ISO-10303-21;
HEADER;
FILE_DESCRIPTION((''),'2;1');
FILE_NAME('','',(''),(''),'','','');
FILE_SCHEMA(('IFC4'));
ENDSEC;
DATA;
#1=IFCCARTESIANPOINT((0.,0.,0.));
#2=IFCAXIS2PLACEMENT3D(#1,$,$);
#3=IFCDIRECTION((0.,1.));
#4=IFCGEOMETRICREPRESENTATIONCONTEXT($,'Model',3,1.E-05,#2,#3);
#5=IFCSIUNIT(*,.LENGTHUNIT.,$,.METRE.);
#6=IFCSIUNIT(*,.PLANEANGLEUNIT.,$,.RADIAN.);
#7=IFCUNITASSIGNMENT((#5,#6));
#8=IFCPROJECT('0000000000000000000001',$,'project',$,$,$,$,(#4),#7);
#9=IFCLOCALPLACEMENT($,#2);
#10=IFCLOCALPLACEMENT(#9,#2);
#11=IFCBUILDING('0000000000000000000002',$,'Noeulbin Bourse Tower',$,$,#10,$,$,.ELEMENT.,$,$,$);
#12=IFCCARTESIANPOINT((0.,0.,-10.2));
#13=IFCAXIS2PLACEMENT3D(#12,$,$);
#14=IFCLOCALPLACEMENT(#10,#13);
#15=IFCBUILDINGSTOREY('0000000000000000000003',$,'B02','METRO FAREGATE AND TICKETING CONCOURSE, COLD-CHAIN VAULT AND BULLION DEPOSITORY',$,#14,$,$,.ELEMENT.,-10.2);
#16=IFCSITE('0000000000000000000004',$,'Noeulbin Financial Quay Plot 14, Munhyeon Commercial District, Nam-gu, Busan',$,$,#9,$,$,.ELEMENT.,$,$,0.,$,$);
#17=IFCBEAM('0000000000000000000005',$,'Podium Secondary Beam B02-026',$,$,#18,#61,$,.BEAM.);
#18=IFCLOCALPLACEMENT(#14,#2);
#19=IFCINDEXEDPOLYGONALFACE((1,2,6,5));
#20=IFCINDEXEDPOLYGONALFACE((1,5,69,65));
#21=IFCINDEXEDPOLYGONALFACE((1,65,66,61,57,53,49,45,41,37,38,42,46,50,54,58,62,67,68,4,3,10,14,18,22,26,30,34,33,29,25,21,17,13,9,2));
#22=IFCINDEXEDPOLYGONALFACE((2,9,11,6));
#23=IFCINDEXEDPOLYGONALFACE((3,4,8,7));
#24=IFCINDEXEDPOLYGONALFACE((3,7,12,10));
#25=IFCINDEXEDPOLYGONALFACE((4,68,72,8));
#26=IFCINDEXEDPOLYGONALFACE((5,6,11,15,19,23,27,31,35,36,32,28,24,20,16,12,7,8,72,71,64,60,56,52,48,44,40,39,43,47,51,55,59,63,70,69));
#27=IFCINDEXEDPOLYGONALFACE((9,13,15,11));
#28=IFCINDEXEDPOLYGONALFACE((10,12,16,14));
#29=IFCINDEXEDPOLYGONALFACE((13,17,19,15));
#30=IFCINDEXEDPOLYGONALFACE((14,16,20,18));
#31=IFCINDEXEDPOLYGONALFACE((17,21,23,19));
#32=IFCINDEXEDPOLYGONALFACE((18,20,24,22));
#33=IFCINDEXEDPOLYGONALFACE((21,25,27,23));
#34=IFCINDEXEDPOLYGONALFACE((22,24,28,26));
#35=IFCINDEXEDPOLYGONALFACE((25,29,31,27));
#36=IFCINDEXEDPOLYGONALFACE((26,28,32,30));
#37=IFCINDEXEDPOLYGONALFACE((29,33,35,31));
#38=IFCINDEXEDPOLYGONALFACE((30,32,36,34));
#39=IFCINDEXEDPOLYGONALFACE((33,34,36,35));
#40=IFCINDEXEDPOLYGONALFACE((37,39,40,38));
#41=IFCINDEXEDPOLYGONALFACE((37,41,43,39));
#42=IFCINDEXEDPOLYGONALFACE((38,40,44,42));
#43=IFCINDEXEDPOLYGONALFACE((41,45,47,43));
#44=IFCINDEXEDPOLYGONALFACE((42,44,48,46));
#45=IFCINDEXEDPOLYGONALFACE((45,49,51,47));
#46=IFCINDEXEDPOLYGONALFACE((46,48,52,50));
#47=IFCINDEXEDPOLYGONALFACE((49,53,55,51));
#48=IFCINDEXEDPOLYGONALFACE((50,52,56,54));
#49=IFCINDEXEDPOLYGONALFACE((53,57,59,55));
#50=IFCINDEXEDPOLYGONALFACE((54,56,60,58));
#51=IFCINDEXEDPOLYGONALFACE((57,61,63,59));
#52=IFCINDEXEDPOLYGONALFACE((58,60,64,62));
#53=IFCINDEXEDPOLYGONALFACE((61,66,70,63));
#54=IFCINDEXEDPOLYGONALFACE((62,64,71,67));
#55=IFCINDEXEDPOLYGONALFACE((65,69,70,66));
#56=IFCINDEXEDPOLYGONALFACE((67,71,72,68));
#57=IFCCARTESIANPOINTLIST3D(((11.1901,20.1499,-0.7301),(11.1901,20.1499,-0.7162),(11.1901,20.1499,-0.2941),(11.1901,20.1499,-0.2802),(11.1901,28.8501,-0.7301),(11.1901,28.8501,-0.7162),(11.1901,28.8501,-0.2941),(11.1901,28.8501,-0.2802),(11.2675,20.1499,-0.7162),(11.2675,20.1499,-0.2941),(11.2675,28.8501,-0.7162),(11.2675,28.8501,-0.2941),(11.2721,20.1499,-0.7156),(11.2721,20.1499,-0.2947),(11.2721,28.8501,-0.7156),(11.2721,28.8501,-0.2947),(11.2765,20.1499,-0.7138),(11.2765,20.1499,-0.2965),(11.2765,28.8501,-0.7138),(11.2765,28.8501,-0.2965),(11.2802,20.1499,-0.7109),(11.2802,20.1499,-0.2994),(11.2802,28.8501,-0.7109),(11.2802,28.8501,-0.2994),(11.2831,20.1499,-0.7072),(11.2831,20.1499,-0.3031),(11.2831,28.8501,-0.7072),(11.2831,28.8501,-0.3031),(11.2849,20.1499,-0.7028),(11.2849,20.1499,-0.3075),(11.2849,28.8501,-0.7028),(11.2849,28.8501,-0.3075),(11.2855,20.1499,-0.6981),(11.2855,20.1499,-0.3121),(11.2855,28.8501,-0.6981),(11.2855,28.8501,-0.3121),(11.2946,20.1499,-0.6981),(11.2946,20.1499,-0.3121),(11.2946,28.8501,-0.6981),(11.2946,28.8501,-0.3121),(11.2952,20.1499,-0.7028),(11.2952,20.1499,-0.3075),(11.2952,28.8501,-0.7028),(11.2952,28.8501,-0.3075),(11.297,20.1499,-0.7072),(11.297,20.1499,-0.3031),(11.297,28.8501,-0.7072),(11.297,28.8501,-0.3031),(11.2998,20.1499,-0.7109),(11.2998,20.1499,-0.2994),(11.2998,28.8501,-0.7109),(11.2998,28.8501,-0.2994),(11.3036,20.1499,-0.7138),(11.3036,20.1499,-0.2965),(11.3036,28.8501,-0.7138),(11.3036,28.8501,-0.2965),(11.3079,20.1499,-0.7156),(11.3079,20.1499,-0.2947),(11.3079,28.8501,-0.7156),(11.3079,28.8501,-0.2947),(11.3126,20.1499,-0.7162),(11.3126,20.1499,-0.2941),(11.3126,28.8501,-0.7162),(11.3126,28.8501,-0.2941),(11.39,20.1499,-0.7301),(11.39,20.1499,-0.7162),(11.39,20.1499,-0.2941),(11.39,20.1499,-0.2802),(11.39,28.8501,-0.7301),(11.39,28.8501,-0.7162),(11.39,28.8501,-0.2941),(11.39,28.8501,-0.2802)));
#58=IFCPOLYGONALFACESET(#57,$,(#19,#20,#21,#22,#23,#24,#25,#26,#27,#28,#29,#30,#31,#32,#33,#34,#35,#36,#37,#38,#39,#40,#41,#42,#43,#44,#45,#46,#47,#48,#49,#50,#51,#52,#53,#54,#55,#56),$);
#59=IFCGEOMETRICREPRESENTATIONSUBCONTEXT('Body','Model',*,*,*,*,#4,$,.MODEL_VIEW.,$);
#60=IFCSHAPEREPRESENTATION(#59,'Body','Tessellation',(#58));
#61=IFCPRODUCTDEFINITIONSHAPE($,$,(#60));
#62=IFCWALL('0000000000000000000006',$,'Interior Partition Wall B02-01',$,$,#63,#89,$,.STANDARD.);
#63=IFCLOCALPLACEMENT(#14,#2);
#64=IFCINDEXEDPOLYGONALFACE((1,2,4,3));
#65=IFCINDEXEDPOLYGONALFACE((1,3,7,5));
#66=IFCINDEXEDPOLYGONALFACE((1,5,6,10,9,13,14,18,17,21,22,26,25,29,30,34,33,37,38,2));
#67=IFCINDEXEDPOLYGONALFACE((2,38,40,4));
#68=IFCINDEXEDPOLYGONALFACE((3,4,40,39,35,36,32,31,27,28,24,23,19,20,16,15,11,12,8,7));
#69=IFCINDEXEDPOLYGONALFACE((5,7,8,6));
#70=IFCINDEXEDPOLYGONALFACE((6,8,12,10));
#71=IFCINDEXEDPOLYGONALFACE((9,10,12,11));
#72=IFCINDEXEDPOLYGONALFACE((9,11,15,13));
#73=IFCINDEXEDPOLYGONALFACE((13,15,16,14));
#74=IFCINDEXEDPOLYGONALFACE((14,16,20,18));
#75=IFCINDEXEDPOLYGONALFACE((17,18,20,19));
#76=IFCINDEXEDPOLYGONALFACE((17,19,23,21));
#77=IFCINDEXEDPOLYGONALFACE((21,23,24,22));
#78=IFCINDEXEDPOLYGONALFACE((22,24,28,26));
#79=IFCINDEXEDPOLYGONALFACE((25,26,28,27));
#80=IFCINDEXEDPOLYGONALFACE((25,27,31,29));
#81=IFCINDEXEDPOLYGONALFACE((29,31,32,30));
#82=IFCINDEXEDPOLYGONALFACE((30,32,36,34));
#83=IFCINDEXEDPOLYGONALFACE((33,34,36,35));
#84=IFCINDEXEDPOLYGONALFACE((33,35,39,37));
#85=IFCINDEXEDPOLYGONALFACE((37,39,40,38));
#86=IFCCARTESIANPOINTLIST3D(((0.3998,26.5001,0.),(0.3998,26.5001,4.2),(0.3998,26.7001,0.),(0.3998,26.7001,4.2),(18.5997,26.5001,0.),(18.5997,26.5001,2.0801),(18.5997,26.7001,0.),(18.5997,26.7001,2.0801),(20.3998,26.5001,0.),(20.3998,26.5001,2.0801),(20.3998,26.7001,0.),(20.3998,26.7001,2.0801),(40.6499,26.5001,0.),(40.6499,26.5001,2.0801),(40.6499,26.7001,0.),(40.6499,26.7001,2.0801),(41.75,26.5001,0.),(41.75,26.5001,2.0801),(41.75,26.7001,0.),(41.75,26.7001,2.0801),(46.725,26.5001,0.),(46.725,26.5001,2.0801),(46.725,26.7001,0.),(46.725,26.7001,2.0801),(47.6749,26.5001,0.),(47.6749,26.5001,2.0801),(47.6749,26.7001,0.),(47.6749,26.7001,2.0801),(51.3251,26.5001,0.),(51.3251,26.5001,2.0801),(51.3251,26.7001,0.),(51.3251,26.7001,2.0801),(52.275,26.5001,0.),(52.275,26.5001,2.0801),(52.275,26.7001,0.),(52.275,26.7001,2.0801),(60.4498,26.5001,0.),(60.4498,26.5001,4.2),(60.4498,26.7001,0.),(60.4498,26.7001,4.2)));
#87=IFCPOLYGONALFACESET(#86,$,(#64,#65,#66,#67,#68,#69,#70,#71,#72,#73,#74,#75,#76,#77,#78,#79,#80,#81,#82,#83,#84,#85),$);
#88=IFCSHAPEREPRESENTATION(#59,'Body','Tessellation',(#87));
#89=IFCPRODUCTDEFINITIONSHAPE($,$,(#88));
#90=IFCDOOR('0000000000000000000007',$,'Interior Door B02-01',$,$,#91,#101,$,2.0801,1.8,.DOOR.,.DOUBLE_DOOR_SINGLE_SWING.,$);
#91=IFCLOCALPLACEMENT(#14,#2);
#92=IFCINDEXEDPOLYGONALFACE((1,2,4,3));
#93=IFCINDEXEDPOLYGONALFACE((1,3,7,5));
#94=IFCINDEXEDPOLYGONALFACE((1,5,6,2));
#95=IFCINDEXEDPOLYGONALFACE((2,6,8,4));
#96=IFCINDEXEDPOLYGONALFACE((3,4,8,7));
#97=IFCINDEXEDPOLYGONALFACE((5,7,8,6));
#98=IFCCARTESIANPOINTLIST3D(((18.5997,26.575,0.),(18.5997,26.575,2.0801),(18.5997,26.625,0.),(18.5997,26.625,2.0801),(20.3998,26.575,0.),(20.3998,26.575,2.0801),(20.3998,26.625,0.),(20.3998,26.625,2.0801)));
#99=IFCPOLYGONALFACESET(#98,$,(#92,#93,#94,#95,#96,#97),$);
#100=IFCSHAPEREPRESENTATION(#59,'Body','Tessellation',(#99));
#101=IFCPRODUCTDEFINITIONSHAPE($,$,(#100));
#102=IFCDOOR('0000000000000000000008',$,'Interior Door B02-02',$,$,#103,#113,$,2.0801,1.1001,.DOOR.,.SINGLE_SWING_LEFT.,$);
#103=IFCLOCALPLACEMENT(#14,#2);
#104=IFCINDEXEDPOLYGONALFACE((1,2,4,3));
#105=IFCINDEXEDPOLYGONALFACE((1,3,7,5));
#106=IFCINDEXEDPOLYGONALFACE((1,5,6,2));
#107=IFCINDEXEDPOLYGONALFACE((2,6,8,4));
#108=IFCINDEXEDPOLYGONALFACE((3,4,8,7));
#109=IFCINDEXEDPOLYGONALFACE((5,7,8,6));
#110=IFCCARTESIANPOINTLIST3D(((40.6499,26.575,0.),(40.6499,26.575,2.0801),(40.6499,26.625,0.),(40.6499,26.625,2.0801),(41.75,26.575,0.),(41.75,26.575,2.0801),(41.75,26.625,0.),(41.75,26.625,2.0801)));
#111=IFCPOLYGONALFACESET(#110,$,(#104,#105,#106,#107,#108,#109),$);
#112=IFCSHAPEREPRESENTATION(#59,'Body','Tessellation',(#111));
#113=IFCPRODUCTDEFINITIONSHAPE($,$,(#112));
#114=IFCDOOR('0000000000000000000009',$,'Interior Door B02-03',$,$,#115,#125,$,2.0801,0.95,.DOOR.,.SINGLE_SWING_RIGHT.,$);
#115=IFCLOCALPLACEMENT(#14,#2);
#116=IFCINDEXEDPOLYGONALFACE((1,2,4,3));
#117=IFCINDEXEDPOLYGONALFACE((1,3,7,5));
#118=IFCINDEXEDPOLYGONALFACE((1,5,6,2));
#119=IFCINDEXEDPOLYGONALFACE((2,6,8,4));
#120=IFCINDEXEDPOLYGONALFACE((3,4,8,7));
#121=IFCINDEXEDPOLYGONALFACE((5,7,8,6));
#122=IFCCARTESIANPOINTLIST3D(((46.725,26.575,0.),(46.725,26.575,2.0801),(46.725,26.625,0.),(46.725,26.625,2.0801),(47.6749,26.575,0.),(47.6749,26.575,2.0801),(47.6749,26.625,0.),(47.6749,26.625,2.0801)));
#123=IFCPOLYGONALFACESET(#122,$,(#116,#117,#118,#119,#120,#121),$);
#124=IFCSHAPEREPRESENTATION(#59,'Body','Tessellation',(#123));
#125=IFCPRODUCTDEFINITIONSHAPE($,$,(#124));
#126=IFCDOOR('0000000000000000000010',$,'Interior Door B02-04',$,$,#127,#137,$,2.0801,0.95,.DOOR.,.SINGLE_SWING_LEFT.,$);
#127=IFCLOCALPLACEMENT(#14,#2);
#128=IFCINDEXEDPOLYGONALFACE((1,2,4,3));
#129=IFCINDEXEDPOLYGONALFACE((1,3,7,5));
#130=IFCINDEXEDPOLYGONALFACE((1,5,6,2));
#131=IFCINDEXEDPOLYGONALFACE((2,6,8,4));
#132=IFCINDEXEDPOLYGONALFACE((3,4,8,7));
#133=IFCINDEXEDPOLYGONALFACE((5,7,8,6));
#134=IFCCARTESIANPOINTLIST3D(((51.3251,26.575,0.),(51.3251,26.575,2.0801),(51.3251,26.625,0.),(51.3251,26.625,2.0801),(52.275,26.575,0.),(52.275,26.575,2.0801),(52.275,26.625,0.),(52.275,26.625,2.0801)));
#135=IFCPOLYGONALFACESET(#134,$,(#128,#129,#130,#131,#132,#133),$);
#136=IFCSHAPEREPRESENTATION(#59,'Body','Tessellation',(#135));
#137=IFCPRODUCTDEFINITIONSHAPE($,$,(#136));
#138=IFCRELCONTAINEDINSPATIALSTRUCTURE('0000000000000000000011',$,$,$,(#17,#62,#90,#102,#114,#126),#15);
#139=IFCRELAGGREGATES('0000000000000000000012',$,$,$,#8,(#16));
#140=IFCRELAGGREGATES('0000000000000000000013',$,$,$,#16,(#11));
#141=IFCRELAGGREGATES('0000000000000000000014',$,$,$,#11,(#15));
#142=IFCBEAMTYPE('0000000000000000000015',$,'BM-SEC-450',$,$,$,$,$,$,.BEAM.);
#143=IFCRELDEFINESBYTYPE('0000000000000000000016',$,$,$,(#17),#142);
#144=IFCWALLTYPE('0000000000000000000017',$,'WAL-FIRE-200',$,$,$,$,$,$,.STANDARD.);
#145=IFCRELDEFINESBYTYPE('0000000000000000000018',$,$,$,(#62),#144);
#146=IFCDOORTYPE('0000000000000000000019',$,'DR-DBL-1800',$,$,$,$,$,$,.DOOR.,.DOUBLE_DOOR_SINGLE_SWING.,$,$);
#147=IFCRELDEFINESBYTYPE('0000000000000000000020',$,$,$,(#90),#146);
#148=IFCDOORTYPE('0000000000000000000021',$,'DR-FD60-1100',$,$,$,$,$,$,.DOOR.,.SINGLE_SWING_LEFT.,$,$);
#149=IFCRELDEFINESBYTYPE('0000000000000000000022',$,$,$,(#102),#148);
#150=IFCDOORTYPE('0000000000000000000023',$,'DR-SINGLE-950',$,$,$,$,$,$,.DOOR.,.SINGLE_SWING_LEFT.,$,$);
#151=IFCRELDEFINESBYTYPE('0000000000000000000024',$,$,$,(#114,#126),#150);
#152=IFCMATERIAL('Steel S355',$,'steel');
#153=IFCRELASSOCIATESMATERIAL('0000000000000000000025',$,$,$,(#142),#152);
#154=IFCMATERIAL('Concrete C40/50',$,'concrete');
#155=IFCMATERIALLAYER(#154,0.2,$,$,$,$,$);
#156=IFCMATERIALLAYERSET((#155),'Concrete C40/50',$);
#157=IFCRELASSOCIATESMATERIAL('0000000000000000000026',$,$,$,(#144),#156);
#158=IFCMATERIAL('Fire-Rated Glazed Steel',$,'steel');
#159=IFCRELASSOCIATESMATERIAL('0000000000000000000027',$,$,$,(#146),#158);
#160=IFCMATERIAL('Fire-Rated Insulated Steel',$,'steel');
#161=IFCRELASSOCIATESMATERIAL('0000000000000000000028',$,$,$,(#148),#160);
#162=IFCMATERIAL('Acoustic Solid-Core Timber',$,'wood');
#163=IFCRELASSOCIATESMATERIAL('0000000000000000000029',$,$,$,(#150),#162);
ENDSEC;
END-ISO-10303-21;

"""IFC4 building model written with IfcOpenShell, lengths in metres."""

from ifc_helpers import new_model, si_unit, direction, frame, frame_2d, origin, origin_2d, place, context, subcontext, project, spatial, rectangle, i_section, extrude, material, layer, layer_set, material_profile, profile_set, type_object, element, fill, save


model = new_model("IFC4")

# Units and contexts
model_context = context("Model", 3, precision=1e-05, world=origin(), true_north=direction((0.0, 1.0)))
body_context = subcontext(model_context, "Body", "Model", "MODEL_VIEW")
ifc_project = project(units=[si_unit("LENGTHUNIT", "METRE"), si_unit("PLANEANGLEUNIT", "RADIAN")], contexts=[model_context])

# Site, building, storey
site_placement = place(None, origin())
site = spatial("IfcSite", under=ifc_project, at=site_placement, Name="Noeulbin Financial Quay Plot 14, Munhyeon Commercial District, Nam-gu, Busan", CompositionType="ELEMENT", RefElevation=0.0)
building_placement = place(site_placement, origin())
building = spatial("IfcBuilding", under=site, at=building_placement, Name="Noeulbin Bourse Tower", CompositionType="ELEMENT")
storey_placement = place(building_placement, frame((0.0, 0.0, -10.2)))
storey = spatial("IfcBuildingStorey", under=building, at=storey_placement, Name="B02", Description="METRO FAREGATE AND TICKETING CONCOURSE, COLD-CHAIN VAULT AND BULLION DEPOSITORY", CompositionType="ELEMENT", Elevation=-10.2)

# Beam
ifc_material_1 = material(Name="Steel S355", Category="steel")
ifc_material_profile_1 = material_profile(ifc_material_1, i_section(OverallWidth=0.2, OverallDepth=0.45, WebThickness=0.009, FlangeThickness=0.0139, FilletRadius=0.0181, at=origin_2d()), Name="H-450x200x9x14", Category="LoadBearing")
ifc_profile_set_1 = profile_set([ifc_material_profile_1], Name="Steel S355")
beam_type_1 = type_object("IfcBeamType", Name="BM-SEC-450", PredefinedType="BEAM", material=ifc_profile_set_1)
for number, where, z_axis, x_axis, name in (
    (1, (11.29, 20.1499, -0.5051), (0.0, 1.0, 0.0), (-1.0, 0.0, 0.0), "Podium Secondary Beam B02-026"),
):
    element("IfcBeam", number, at=place(storey_placement, frame(where, z_axis=z_axis, x_axis=x_axis)), inside=storey, type_object=beam_type_1, Name=name, PredefinedType="BEAM", context=body_context, shape_type="SweptSolid", body=[
        extrude(i_section(OverallWidth=0.2, OverallDepth=0.45, WebThickness=0.009, FlangeThickness=0.0139, FilletRadius=0.0181, at=origin_2d()), origin(), (0.0, 0.0, 1.0), 8.7002),
    ])

# Wall, openings, doors
ifc_material_2 = material(Name="Concrete C40/50", Category="concrete")
ifc_layer = layer(ifc_material_2, 0.2)
ifc_layer_set = layer_set([ifc_layer], Name="Concrete C40/50")
wall_type = type_object("IfcWallType", Name="WAL-FIRE-200", PredefinedType="STANDARD", material=ifc_layer_set)
wall_placement = place(storey_placement, frame((0.3999, 26.6001, 0.0), z_axis=(0.0, 0.0, 1.0), x_axis=(1.0, 0.0, 0.0)))
wall = element("IfcWall", 2, at=wall_placement, inside=storey, type_object=wall_type, Name="Interior Partition Wall B02-01", PredefinedType="STANDARD", context=body_context, shape_type="SweptSolid", body=[
    extrude(rectangle(XDim=60.05, YDim=0.2, at=frame_2d((30.0249, 0.0))), origin(), (0.0, 0.0, 1.0), 4.2),
])
opening_1_placement = place(wall_placement, frame((18.2, 0.0, 0.0)))
opening_1 = element("IfcOpeningElement", 3, at=opening_1_placement, cuts=wall, PredefinedType="OPENING", context=body_context, shape_type="SweptSolid", body=[
    extrude(rectangle(XDim=1.8, YDim=2.0801, at=frame_2d((0.8999, 1.04))), frame((0.0, 0.1099, 0.0), z_axis=(0.0, -1.0, 0.0), x_axis=(1.0, 0.0, 0.0)), (0.0, 0.0, 1.0), 0.22),
])
opening_2_placement = place(wall_placement, frame((40.25, 0.0, 0.0)))
opening_2 = element("IfcOpeningElement", 4, at=opening_2_placement, cuts=wall, PredefinedType="OPENING", context=body_context, shape_type="SweptSolid", body=[
    extrude(rectangle(XDim=1.1001, YDim=2.0801, at=frame_2d((0.55, 1.04))), frame((0.0, 0.1099, 0.0), z_axis=(0.0, -1.0, 0.0), x_axis=(1.0, 0.0, 0.0)), (0.0, 0.0, 1.0), 0.22),
])
opening_3_placement = place(wall_placement, frame((46.325, 0.0, 0.0)))
opening_3 = element("IfcOpeningElement", 5, at=opening_3_placement, cuts=wall, PredefinedType="OPENING", context=body_context, shape_type="SweptSolid", body=[
    extrude(rectangle(XDim=0.95, YDim=2.0801, at=frame_2d((0.4751, 1.04))), frame((0.0, 0.1099, 0.0), z_axis=(0.0, -1.0, 0.0), x_axis=(1.0, 0.0, 0.0)), (0.0, 0.0, 1.0), 0.22),
])
opening_4_placement = place(wall_placement, frame((50.925, 0.0, 0.0)))
opening_4 = element("IfcOpeningElement", 6, at=opening_4_placement, cuts=wall, PredefinedType="OPENING", context=body_context, shape_type="SweptSolid", body=[
    extrude(rectangle(XDim=0.95, YDim=2.0801, at=frame_2d((0.4751, 1.04))), frame((0.0, 0.1099, 0.0), z_axis=(0.0, -1.0, 0.0), x_axis=(1.0, 0.0, 0.0)), (0.0, 0.0, 1.0), 0.22),
])
ifc_material_3 = material(Name="Fire-Rated Glazed Steel", Category="steel")
door_type_1 = type_object("IfcDoorType", Name="DR-DBL-1800", OperationType="DOUBLE_DOOR_SINGLE_SWING", PredefinedType="DOOR", material=ifc_material_3)
door_1_placement = place(opening_1_placement, origin())
door_1 = element("IfcDoor", 7, at=door_1_placement, inside=storey, type_object=door_type_1, Name="Interior Door B02-01", OperationType="DOUBLE_DOOR_SINGLE_SWING", OverallHeight=2.0801, OverallWidth=1.8, PredefinedType="DOOR", context=body_context, shape_type="SweptSolid", body=[
    extrude(rectangle(XDim=1.8, YDim=2.0801, at=frame_2d((0.8999, 1.04))), frame((0.0, 0.0249, 0.0), z_axis=(0.0, -1.0, 0.0), x_axis=(1.0, 0.0, 0.0)), (0.0, 0.0, 1.0), 0.05),
])
fill(opening_1, door_1)
ifc_material_4 = material(Name="Fire-Rated Insulated Steel", Category="steel")
door_type_2 = type_object("IfcDoorType", Name="DR-FD60-1100", OperationType="SINGLE_SWING_LEFT", PredefinedType="DOOR", material=ifc_material_4)
door_2_placement = place(opening_2_placement, origin())
door_2 = element("IfcDoor", 8, at=door_2_placement, inside=storey, type_object=door_type_2, Name="Interior Door B02-02", OperationType="SINGLE_SWING_LEFT", OverallHeight=2.0801, OverallWidth=1.1001, PredefinedType="DOOR", context=body_context, shape_type="SweptSolid", body=[
    extrude(rectangle(XDim=1.1001, YDim=2.0801, at=frame_2d((0.55, 1.04))), frame((0.0, 0.0249, 0.0), z_axis=(0.0, -1.0, 0.0), x_axis=(1.0, 0.0, 0.0)), (0.0, 0.0, 1.0), 0.05),
])
fill(opening_2, door_2)
ifc_material_5 = material(Name="Acoustic Solid-Core Timber", Category="wood")
door_type_3 = type_object("IfcDoorType", Name="DR-SINGLE-950", OperationType="SINGLE_SWING_LEFT", PredefinedType="DOOR", material=ifc_material_5)
door_3_placement = place(opening_3_placement, origin())
door_3 = element("IfcDoor", 9, at=door_3_placement, inside=storey, type_object=door_type_3, Name="Interior Door B02-03", OperationType="SINGLE_SWING_RIGHT", OverallHeight=2.0801, OverallWidth=0.95, PredefinedType="DOOR", context=body_context, shape_type="SweptSolid", body=[
    extrude(rectangle(XDim=0.95, YDim=2.0801, at=frame_2d((0.4751, 1.04))), frame((0.0, 0.0249, 0.0), z_axis=(0.0, -1.0, 0.0), x_axis=(1.0, 0.0, 0.0)), (0.0, 0.0, 1.0), 0.05),
])
fill(opening_3, door_3)
door_4_placement = place(opening_4_placement, origin())
door_4 = element("IfcDoor", 10, at=door_4_placement, inside=storey, type_object=door_type_3, Name="Interior Door B02-04", OperationType="SINGLE_SWING_LEFT", OverallHeight=2.0801, OverallWidth=0.95, PredefinedType="DOOR", context=body_context, shape_type="SweptSolid", body=[
    extrude(rectangle(XDim=0.95, YDim=2.0801, at=frame_2d((0.4751, 1.04))), frame((0.0, 0.0249, 0.0), z_axis=(0.0, -1.0, 0.0), x_axis=(1.0, 0.0, 0.0)), (0.0, 0.0, 1.0), 0.05),
])
fill(opening_4, door_4)

save(model, "model.ifc")
